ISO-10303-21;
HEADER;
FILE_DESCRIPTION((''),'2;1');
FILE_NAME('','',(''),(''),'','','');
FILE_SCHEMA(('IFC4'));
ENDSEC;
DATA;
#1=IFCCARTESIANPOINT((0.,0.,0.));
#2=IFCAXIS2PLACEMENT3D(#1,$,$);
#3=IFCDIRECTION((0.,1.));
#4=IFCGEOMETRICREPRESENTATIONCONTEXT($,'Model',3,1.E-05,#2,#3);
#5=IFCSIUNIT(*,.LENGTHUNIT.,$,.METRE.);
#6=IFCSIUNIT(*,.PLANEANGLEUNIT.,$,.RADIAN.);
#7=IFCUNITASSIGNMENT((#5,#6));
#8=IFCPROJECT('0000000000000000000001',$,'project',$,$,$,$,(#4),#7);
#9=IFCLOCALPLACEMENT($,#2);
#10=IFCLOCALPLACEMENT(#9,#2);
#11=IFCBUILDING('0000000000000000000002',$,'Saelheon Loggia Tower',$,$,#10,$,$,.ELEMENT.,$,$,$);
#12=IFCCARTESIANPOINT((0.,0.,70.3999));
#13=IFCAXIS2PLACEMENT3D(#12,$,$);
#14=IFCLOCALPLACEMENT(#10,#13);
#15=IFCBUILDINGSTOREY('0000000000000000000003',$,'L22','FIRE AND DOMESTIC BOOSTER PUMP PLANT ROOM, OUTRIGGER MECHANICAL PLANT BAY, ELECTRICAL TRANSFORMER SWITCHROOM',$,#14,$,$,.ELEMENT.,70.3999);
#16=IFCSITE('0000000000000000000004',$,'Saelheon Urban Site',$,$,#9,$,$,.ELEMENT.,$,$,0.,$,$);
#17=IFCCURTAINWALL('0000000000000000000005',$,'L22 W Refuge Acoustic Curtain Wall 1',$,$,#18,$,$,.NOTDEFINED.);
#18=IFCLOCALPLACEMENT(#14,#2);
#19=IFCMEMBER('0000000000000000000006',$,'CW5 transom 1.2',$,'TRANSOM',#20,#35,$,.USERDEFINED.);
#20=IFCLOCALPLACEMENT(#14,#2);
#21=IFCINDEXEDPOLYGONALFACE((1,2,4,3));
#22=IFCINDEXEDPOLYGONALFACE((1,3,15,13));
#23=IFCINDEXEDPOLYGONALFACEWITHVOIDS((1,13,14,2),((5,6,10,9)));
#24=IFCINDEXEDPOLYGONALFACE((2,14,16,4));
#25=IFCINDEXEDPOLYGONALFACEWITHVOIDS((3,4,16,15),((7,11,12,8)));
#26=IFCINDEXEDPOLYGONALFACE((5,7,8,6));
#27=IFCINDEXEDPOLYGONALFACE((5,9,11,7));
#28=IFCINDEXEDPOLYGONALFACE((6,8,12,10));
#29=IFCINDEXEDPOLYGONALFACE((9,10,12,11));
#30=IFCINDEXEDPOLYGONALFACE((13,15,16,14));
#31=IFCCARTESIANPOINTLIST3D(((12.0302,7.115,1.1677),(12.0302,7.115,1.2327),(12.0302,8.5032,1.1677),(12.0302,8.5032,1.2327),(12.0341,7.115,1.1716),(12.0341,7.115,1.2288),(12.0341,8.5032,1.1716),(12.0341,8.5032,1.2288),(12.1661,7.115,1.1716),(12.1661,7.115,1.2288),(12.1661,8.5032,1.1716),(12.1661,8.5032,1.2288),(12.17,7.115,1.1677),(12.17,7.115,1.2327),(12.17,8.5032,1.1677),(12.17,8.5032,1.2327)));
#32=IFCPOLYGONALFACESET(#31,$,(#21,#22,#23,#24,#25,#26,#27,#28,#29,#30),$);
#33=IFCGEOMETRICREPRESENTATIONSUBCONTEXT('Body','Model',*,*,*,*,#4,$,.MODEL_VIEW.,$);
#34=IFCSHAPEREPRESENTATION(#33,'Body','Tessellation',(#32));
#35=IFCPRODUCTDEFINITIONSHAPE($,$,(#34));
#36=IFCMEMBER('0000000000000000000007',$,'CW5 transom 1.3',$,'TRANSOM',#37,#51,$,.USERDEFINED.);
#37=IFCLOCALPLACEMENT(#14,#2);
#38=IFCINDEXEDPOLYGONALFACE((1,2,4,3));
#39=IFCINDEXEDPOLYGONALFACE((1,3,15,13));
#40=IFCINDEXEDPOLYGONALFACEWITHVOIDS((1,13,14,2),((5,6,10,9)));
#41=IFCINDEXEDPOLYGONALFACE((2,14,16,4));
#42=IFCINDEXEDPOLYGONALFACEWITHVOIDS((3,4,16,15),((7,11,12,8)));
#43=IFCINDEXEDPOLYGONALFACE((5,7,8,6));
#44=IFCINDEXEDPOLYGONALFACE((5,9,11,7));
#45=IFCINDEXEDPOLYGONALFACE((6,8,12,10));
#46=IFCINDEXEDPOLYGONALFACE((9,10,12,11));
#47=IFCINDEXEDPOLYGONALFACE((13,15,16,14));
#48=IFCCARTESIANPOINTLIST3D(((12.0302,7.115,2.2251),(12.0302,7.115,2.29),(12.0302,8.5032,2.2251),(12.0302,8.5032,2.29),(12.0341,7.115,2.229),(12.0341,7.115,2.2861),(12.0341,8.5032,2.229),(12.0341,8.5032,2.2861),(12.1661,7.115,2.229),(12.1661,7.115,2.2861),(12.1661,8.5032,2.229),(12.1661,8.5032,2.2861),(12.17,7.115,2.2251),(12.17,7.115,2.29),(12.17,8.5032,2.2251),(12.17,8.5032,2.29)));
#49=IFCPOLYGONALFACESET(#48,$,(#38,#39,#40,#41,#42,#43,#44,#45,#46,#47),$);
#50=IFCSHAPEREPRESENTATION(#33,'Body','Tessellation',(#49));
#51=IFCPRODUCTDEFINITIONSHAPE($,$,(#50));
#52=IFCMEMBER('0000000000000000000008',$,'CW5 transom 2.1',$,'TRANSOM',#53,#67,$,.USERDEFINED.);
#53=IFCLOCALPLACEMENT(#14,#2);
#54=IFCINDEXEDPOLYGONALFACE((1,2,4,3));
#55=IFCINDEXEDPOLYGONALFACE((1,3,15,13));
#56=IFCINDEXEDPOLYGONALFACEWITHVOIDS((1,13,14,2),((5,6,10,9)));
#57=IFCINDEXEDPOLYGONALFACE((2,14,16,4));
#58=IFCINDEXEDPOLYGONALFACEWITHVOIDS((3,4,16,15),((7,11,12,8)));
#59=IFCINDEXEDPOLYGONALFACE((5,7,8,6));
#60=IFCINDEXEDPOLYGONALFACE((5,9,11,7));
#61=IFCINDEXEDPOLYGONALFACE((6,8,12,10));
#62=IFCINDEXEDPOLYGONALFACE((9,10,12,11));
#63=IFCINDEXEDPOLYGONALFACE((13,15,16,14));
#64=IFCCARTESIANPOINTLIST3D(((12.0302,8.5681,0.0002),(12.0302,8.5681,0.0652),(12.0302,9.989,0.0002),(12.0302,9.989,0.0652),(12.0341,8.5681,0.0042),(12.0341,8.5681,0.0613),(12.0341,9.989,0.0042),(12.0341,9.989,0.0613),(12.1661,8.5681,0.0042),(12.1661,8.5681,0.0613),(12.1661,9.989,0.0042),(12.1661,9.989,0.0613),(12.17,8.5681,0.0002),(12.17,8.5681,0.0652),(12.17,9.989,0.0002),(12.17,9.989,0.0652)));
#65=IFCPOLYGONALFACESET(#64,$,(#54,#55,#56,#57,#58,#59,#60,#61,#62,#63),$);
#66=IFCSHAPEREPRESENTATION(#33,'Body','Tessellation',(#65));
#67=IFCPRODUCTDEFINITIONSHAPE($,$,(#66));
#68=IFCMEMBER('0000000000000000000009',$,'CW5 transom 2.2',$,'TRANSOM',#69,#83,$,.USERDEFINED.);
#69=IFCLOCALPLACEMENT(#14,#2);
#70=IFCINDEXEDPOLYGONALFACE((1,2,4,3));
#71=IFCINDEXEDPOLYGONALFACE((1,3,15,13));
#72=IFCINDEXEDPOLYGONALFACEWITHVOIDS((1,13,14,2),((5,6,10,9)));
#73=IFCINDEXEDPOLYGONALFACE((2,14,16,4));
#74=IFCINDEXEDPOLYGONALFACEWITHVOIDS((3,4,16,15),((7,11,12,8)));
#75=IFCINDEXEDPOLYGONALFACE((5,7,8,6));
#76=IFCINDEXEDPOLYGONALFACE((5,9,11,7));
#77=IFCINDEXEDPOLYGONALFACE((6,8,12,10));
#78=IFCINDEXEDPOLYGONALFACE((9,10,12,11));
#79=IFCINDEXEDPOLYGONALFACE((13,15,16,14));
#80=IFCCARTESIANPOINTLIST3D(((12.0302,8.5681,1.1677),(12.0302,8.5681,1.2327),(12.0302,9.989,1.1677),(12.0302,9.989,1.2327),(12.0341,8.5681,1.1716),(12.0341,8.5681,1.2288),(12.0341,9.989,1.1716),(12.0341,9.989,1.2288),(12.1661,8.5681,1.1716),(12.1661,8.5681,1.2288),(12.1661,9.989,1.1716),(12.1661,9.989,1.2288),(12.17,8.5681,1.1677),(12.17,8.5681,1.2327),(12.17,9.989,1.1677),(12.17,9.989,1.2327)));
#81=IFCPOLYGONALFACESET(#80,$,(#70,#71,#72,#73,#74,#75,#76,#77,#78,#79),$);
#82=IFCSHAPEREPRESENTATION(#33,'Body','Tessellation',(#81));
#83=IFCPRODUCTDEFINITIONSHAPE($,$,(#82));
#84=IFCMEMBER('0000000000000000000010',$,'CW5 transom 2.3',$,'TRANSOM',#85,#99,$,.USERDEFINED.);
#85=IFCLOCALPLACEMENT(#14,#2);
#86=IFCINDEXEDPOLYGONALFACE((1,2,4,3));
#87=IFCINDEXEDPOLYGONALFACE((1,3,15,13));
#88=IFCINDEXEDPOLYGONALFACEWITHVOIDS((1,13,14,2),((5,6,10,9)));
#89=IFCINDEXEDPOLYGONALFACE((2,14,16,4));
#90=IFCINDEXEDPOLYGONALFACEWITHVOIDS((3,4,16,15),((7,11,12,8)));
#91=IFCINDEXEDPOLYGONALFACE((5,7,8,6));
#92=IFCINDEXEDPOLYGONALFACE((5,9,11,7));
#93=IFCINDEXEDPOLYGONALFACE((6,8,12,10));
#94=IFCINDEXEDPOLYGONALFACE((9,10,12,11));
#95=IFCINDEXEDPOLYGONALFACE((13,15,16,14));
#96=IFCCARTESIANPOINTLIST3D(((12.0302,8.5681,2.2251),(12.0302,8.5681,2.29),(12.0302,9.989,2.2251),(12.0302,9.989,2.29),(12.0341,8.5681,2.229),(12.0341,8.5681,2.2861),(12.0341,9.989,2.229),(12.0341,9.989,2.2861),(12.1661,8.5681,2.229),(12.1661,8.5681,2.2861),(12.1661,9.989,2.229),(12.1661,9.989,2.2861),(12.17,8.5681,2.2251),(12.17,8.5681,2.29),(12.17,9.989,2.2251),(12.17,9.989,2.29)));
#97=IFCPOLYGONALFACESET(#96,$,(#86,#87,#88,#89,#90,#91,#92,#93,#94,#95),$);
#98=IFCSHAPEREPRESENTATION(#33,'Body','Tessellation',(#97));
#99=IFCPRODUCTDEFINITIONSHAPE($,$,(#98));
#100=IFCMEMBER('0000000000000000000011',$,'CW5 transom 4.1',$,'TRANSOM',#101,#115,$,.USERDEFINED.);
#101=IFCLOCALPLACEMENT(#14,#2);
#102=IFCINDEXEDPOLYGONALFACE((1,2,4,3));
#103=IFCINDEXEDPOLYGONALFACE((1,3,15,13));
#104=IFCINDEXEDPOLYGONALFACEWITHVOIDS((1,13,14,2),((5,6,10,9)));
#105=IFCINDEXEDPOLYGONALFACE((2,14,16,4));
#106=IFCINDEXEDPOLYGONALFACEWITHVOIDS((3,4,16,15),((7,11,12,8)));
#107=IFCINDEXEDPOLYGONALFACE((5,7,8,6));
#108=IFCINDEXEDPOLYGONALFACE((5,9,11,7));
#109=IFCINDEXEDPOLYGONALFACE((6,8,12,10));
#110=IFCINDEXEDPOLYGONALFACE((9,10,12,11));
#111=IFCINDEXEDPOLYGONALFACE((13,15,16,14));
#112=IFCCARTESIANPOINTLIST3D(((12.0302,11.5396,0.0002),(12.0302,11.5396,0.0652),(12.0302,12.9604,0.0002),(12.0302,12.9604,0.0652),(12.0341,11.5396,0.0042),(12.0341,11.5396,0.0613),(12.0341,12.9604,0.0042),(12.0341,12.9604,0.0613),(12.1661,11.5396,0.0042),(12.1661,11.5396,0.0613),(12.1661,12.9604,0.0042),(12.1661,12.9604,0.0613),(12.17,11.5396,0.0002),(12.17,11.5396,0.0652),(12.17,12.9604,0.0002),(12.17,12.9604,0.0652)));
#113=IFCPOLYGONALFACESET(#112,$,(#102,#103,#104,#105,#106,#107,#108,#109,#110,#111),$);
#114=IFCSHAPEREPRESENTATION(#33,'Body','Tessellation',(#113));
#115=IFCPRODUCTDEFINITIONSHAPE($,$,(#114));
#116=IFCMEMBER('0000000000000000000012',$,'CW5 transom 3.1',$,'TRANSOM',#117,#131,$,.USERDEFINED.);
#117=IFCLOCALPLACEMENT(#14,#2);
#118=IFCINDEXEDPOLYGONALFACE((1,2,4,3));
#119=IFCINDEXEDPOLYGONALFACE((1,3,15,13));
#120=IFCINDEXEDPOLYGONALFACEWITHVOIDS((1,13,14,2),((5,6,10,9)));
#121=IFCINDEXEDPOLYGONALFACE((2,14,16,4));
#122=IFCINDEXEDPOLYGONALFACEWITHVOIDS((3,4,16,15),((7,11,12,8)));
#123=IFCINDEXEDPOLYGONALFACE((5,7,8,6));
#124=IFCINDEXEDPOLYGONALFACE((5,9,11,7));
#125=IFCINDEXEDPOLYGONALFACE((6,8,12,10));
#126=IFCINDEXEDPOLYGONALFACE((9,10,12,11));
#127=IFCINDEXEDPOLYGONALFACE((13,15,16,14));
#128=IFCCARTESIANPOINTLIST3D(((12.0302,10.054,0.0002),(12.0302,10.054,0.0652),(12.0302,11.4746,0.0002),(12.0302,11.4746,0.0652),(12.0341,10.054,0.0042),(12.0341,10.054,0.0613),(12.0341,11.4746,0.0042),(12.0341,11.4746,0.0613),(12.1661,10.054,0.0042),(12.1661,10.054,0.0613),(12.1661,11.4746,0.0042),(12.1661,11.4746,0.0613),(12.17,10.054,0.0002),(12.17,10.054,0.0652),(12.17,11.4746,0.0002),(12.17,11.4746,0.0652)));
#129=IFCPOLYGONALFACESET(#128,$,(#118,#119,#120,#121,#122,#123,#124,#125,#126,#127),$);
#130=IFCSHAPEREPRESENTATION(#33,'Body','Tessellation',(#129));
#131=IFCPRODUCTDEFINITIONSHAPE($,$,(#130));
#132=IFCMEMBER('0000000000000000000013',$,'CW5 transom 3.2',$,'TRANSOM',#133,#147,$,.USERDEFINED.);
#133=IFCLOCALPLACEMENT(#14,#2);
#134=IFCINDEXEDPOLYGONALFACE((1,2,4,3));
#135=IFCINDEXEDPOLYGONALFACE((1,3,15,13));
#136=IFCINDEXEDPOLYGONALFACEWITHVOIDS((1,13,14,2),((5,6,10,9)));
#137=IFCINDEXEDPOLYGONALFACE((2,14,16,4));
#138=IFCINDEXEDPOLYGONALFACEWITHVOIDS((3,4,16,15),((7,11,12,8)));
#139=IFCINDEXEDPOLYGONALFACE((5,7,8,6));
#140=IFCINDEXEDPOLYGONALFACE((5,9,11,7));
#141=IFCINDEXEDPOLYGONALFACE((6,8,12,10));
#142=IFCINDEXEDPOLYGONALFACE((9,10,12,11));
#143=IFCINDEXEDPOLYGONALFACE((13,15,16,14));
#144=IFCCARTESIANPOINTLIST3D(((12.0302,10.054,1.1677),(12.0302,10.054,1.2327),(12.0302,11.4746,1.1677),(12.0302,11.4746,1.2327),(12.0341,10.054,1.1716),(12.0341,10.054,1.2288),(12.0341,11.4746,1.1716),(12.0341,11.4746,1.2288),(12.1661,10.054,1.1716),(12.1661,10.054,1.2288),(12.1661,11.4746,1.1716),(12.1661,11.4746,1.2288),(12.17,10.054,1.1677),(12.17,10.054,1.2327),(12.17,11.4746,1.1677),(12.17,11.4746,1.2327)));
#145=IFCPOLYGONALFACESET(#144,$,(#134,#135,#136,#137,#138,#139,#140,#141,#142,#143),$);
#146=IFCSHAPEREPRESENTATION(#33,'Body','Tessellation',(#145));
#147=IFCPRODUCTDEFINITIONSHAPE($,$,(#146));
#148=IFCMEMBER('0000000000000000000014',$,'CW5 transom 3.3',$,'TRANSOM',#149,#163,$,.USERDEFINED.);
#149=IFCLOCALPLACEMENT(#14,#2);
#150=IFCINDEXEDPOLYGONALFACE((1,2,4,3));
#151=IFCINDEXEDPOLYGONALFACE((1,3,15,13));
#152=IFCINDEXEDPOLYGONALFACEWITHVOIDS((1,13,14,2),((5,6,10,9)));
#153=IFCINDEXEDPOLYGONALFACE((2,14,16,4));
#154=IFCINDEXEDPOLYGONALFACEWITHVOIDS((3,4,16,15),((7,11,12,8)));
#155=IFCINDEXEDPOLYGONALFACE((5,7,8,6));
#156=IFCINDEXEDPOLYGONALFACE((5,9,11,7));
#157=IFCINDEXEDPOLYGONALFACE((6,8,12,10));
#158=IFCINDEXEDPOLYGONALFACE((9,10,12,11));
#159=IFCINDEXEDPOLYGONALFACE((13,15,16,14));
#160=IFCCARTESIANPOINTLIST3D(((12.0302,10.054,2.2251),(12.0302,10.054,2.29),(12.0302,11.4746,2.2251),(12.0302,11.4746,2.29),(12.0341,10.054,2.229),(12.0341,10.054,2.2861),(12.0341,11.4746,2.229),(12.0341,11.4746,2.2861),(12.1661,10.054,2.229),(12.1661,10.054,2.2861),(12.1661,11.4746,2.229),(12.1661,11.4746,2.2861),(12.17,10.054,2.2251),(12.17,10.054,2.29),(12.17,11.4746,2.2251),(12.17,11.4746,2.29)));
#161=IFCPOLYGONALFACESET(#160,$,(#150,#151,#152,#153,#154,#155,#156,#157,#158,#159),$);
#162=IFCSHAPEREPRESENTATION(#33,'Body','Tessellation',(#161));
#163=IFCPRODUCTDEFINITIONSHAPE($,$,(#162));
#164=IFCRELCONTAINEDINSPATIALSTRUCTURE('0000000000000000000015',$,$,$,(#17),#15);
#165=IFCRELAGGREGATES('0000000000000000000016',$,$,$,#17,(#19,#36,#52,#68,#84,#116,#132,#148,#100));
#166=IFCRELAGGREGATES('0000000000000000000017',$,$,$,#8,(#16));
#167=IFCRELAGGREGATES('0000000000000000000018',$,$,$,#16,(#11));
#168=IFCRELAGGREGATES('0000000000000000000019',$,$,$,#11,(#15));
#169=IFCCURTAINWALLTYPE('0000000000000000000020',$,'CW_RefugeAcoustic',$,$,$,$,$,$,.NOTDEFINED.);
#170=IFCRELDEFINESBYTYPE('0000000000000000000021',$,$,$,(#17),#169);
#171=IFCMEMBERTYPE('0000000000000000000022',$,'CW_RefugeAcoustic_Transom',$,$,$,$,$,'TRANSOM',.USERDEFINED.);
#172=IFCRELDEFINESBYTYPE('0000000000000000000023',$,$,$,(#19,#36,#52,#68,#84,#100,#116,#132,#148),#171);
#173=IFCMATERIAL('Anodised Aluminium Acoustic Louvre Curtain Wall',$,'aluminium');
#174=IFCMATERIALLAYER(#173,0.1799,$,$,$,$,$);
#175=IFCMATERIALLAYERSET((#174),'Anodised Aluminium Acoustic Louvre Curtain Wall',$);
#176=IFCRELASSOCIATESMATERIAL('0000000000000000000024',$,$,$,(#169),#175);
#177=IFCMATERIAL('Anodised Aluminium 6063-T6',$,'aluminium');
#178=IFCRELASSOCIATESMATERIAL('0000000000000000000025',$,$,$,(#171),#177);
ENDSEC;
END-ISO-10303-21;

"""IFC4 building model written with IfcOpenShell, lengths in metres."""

from ifc_helpers import new_model, si_unit, direction, frame, origin, origin_2d, place, context, subcontext, project, spatial, hollow_rectangle, extrude, source, transform, mapped, material, layer, layer_set, material_profile, profile_set, type_object, element, aggregate, save


model = new_model("IFC4")

# Units and contexts
model_context = context("Model", 3, precision=1e-05, world=origin(), true_north=direction((0.0, 1.0)))
body_context = subcontext(model_context, "Body", "Model", "MODEL_VIEW")
ifc_project = project(units=[si_unit("LENGTHUNIT", "METRE"), si_unit("PLANEANGLEUNIT", "RADIAN")], contexts=[model_context])

# Site, building, storey
site_placement = place(None, origin())
site = spatial("IfcSite", under=ifc_project, at=site_placement, Name="Saelheon Urban Site", CompositionType="ELEMENT", RefElevation=0.0)
building_placement = place(site_placement, origin())
building = spatial("IfcBuilding", under=site, at=building_placement, Name="Saelheon Loggia Tower", CompositionType="ELEMENT")
storey_placement = place(building_placement, frame((0.0, 0.0, 70.3999)))
storey = spatial("IfcBuildingStorey", under=building, at=storey_placement, Name="L22", Description="FIRE AND DOMESTIC BOOSTER PUMP PLANT ROOM, OUTRIGGER MECHANICAL PLANT BAY, ELECTRICAL TRANSFORMER SWITCHROOM", CompositionType="ELEMENT", Elevation=70.3999)

# Curtain wall, members
ifc_material_1 = material(Name="Anodised Aluminium Acoustic Louvre Curtain Wall", Category="aluminium")
ifc_layer_1 = layer(ifc_material_1, 0.1799)
ifc_layer_set_1 = layer_set([ifc_layer_1], Name="Anodised Aluminium Acoustic Louvre Curtain Wall")
curtain_wall_type = type_object("IfcCurtainWallType", Name="CW_RefugeAcoustic", PredefinedType="NOTDEFINED", material=ifc_layer_set_1)
curtain_wall_placement = place(storey_placement, origin())
curtain_wall = element("IfcCurtainWall", 1, at=curtain_wall_placement, inside=storey, type_object=curtain_wall_type, Name="L22 W Refuge Acoustic Curtain Wall 1", PredefinedType="NOTDEFINED")
ifc_material_2 = material(Name="Anodised Aluminium 6063-T6", Category="aluminium")
ifc_material_profile_1 = material_profile(ifc_material_2, hollow_rectangle(XDim=0.0649, YDim=0.1399, WallThickness=0.0039, at=origin_2d()), Name="RHS-140x65x4")
ifc_profile_set_1 = profile_set([ifc_material_profile_1], Name="Anodised Aluminium 6063-T6")
member_type_1 = type_object("IfcMemberType", Name="CW_RefugeAcoustic_Transom", ElementType="TRANSOM", PredefinedType="USERDEFINED", material=ifc_profile_set_1)
shared_shape_1 = source(origin(), body_context, "Body", "SweptSolid", [
    extrude(hollow_rectangle(XDim=0.0649, YDim=0.1399, WallThickness=0.0039, at=origin_2d()), origin(), (0.0, 0.0, 1.0), 1.3882),
])
member_1_placement = place(storey_placement, frame((12.1001, 7.115, 1.2002), z_axis=(0.0, 1.0, 0.0), x_axis=(0.0, 0.0, 1.0)))
member_1 = element("IfcMember", 2, at=member_1_placement, type_object=member_type_1, Name="CW5 transom 1.2", ObjectType="TRANSOM", PredefinedType="USERDEFINED", context=body_context, shape_type="MappedRepresentation", body=[
    mapped(shared_shape_1, transform((0.0, 0.0, 0.0), scale=1.0)),
])
member_2_placement = place(storey_placement, frame((12.1001, 7.115, 2.2576), z_axis=(0.0, 1.0, 0.0), x_axis=(0.0, 0.0, 1.0)))
member_2 = element("IfcMember", 3, at=member_2_placement, type_object=member_type_1, Name="CW5 transom 1.3", ObjectType="TRANSOM", PredefinedType="USERDEFINED", context=body_context, shape_type="MappedRepresentation", body=[
    mapped(shared_shape_1, transform((0.0, 0.0, 0.0), scale=1.0)),
])
shared_shape_2 = source(origin(), body_context, "Body", "SweptSolid", [
    extrude(hollow_rectangle(XDim=0.0649, YDim=0.1399, WallThickness=0.0039, at=origin_2d()), origin(), (0.0, 0.0, 1.0), 1.4209),
])
member_3_placement = place(storey_placement, frame((12.1001, 8.5681, 0.0327), z_axis=(0.0, 1.0, 0.0), x_axis=(0.0, 0.0, 1.0)))
member_3 = element("IfcMember", 4, at=member_3_placement, type_object=member_type_1, Name="CW5 transom 2.1", ObjectType="TRANSOM", PredefinedType="USERDEFINED", context=body_context, shape_type="MappedRepresentation", body=[
    mapped(shared_shape_2, transform((0.0, 0.0, 0.0), scale=1.0)),
])
member_4_placement = place(storey_placement, frame((12.1001, 8.5681, 1.2002), z_axis=(0.0, 1.0, 0.0), x_axis=(0.0, 0.0, 1.0)))
member_4 = element("IfcMember", 5, at=member_4_placement, type_object=member_type_1, Name="CW5 transom 2.2", ObjectType="TRANSOM", PredefinedType="USERDEFINED", context=body_context, shape_type="MappedRepresentation", body=[
    mapped(shared_shape_2, transform((0.0, 0.0, 0.0), scale=1.0)),
])
member_5_placement = place(storey_placement, frame((12.1001, 8.5681, 2.2576), z_axis=(0.0, 1.0, 0.0), x_axis=(0.0, 0.0, 1.0)))
member_5 = element("IfcMember", 6, at=member_5_placement, type_object=member_type_1, Name="CW5 transom 2.3", ObjectType="TRANSOM", PredefinedType="USERDEFINED", context=body_context, shape_type="MappedRepresentation", body=[
    mapped(shared_shape_2, transform((0.0, 0.0, 0.0), scale=1.0)),
])
member_6_placement = place(storey_placement, frame((12.1001, 11.5396, 0.0327), z_axis=(0.0, 1.0, 0.0), x_axis=(0.0, 0.0, 1.0)))
member_6 = element("IfcMember", 7, at=member_6_placement, type_object=member_type_1, Name="CW5 transom 4.1", ObjectType="TRANSOM", PredefinedType="USERDEFINED", context=body_context, shape_type="MappedRepresentation", body=[
    mapped(shared_shape_2, transform((0.0, 0.0, 0.0), scale=1.0)),
])
shared_shape_3 = source(origin(), body_context, "Body", "SweptSolid", [
    extrude(hollow_rectangle(XDim=0.0649, YDim=0.1399, WallThickness=0.0039, at=origin_2d()), origin(), (0.0, 0.0, 1.0), 1.4207),
])
member_7_placement = place(storey_placement, frame((12.1001, 10.054, 0.0327), z_axis=(0.0, 1.0, 0.0), x_axis=(0.0, 0.0, 1.0)))
member_7 = element("IfcMember", 8, at=member_7_placement, type_object=member_type_1, Name="CW5 transom 3.1", ObjectType="TRANSOM", PredefinedType="USERDEFINED", context=body_context, shape_type="MappedRepresentation", body=[
    mapped(shared_shape_3, transform((0.0, 0.0, 0.0), scale=1.0)),
])
member_8_placement = place(storey_placement, frame((12.1001, 10.054, 1.2002), z_axis=(0.0, 1.0, 0.0), x_axis=(0.0, 0.0, 1.0)))
member_8 = element("IfcMember", 9, at=member_8_placement, type_object=member_type_1, Name="CW5 transom 3.2", ObjectType="TRANSOM", PredefinedType="USERDEFINED", context=body_context, shape_type="MappedRepresentation", body=[
    mapped(shared_shape_3, transform((0.0, 0.0, 0.0), scale=1.0)),
])
member_9_placement = place(storey_placement, frame((12.1001, 10.054, 2.2576), z_axis=(0.0, 1.0, 0.0), x_axis=(0.0, 0.0, 1.0)))
member_9 = element("IfcMember", 10, at=member_9_placement, type_object=member_type_1, Name="CW5 transom 3.3", ObjectType="TRANSOM", PredefinedType="USERDEFINED", context=body_context, shape_type="MappedRepresentation", body=[
    mapped(shared_shape_3, transform((0.0, 0.0, 0.0), scale=1.0)),
])

aggregate(curtain_wall, [member_1, member_2, member_3, member_4, member_5, member_7, member_8, member_9, member_6])

save(model, "model.ifc")
